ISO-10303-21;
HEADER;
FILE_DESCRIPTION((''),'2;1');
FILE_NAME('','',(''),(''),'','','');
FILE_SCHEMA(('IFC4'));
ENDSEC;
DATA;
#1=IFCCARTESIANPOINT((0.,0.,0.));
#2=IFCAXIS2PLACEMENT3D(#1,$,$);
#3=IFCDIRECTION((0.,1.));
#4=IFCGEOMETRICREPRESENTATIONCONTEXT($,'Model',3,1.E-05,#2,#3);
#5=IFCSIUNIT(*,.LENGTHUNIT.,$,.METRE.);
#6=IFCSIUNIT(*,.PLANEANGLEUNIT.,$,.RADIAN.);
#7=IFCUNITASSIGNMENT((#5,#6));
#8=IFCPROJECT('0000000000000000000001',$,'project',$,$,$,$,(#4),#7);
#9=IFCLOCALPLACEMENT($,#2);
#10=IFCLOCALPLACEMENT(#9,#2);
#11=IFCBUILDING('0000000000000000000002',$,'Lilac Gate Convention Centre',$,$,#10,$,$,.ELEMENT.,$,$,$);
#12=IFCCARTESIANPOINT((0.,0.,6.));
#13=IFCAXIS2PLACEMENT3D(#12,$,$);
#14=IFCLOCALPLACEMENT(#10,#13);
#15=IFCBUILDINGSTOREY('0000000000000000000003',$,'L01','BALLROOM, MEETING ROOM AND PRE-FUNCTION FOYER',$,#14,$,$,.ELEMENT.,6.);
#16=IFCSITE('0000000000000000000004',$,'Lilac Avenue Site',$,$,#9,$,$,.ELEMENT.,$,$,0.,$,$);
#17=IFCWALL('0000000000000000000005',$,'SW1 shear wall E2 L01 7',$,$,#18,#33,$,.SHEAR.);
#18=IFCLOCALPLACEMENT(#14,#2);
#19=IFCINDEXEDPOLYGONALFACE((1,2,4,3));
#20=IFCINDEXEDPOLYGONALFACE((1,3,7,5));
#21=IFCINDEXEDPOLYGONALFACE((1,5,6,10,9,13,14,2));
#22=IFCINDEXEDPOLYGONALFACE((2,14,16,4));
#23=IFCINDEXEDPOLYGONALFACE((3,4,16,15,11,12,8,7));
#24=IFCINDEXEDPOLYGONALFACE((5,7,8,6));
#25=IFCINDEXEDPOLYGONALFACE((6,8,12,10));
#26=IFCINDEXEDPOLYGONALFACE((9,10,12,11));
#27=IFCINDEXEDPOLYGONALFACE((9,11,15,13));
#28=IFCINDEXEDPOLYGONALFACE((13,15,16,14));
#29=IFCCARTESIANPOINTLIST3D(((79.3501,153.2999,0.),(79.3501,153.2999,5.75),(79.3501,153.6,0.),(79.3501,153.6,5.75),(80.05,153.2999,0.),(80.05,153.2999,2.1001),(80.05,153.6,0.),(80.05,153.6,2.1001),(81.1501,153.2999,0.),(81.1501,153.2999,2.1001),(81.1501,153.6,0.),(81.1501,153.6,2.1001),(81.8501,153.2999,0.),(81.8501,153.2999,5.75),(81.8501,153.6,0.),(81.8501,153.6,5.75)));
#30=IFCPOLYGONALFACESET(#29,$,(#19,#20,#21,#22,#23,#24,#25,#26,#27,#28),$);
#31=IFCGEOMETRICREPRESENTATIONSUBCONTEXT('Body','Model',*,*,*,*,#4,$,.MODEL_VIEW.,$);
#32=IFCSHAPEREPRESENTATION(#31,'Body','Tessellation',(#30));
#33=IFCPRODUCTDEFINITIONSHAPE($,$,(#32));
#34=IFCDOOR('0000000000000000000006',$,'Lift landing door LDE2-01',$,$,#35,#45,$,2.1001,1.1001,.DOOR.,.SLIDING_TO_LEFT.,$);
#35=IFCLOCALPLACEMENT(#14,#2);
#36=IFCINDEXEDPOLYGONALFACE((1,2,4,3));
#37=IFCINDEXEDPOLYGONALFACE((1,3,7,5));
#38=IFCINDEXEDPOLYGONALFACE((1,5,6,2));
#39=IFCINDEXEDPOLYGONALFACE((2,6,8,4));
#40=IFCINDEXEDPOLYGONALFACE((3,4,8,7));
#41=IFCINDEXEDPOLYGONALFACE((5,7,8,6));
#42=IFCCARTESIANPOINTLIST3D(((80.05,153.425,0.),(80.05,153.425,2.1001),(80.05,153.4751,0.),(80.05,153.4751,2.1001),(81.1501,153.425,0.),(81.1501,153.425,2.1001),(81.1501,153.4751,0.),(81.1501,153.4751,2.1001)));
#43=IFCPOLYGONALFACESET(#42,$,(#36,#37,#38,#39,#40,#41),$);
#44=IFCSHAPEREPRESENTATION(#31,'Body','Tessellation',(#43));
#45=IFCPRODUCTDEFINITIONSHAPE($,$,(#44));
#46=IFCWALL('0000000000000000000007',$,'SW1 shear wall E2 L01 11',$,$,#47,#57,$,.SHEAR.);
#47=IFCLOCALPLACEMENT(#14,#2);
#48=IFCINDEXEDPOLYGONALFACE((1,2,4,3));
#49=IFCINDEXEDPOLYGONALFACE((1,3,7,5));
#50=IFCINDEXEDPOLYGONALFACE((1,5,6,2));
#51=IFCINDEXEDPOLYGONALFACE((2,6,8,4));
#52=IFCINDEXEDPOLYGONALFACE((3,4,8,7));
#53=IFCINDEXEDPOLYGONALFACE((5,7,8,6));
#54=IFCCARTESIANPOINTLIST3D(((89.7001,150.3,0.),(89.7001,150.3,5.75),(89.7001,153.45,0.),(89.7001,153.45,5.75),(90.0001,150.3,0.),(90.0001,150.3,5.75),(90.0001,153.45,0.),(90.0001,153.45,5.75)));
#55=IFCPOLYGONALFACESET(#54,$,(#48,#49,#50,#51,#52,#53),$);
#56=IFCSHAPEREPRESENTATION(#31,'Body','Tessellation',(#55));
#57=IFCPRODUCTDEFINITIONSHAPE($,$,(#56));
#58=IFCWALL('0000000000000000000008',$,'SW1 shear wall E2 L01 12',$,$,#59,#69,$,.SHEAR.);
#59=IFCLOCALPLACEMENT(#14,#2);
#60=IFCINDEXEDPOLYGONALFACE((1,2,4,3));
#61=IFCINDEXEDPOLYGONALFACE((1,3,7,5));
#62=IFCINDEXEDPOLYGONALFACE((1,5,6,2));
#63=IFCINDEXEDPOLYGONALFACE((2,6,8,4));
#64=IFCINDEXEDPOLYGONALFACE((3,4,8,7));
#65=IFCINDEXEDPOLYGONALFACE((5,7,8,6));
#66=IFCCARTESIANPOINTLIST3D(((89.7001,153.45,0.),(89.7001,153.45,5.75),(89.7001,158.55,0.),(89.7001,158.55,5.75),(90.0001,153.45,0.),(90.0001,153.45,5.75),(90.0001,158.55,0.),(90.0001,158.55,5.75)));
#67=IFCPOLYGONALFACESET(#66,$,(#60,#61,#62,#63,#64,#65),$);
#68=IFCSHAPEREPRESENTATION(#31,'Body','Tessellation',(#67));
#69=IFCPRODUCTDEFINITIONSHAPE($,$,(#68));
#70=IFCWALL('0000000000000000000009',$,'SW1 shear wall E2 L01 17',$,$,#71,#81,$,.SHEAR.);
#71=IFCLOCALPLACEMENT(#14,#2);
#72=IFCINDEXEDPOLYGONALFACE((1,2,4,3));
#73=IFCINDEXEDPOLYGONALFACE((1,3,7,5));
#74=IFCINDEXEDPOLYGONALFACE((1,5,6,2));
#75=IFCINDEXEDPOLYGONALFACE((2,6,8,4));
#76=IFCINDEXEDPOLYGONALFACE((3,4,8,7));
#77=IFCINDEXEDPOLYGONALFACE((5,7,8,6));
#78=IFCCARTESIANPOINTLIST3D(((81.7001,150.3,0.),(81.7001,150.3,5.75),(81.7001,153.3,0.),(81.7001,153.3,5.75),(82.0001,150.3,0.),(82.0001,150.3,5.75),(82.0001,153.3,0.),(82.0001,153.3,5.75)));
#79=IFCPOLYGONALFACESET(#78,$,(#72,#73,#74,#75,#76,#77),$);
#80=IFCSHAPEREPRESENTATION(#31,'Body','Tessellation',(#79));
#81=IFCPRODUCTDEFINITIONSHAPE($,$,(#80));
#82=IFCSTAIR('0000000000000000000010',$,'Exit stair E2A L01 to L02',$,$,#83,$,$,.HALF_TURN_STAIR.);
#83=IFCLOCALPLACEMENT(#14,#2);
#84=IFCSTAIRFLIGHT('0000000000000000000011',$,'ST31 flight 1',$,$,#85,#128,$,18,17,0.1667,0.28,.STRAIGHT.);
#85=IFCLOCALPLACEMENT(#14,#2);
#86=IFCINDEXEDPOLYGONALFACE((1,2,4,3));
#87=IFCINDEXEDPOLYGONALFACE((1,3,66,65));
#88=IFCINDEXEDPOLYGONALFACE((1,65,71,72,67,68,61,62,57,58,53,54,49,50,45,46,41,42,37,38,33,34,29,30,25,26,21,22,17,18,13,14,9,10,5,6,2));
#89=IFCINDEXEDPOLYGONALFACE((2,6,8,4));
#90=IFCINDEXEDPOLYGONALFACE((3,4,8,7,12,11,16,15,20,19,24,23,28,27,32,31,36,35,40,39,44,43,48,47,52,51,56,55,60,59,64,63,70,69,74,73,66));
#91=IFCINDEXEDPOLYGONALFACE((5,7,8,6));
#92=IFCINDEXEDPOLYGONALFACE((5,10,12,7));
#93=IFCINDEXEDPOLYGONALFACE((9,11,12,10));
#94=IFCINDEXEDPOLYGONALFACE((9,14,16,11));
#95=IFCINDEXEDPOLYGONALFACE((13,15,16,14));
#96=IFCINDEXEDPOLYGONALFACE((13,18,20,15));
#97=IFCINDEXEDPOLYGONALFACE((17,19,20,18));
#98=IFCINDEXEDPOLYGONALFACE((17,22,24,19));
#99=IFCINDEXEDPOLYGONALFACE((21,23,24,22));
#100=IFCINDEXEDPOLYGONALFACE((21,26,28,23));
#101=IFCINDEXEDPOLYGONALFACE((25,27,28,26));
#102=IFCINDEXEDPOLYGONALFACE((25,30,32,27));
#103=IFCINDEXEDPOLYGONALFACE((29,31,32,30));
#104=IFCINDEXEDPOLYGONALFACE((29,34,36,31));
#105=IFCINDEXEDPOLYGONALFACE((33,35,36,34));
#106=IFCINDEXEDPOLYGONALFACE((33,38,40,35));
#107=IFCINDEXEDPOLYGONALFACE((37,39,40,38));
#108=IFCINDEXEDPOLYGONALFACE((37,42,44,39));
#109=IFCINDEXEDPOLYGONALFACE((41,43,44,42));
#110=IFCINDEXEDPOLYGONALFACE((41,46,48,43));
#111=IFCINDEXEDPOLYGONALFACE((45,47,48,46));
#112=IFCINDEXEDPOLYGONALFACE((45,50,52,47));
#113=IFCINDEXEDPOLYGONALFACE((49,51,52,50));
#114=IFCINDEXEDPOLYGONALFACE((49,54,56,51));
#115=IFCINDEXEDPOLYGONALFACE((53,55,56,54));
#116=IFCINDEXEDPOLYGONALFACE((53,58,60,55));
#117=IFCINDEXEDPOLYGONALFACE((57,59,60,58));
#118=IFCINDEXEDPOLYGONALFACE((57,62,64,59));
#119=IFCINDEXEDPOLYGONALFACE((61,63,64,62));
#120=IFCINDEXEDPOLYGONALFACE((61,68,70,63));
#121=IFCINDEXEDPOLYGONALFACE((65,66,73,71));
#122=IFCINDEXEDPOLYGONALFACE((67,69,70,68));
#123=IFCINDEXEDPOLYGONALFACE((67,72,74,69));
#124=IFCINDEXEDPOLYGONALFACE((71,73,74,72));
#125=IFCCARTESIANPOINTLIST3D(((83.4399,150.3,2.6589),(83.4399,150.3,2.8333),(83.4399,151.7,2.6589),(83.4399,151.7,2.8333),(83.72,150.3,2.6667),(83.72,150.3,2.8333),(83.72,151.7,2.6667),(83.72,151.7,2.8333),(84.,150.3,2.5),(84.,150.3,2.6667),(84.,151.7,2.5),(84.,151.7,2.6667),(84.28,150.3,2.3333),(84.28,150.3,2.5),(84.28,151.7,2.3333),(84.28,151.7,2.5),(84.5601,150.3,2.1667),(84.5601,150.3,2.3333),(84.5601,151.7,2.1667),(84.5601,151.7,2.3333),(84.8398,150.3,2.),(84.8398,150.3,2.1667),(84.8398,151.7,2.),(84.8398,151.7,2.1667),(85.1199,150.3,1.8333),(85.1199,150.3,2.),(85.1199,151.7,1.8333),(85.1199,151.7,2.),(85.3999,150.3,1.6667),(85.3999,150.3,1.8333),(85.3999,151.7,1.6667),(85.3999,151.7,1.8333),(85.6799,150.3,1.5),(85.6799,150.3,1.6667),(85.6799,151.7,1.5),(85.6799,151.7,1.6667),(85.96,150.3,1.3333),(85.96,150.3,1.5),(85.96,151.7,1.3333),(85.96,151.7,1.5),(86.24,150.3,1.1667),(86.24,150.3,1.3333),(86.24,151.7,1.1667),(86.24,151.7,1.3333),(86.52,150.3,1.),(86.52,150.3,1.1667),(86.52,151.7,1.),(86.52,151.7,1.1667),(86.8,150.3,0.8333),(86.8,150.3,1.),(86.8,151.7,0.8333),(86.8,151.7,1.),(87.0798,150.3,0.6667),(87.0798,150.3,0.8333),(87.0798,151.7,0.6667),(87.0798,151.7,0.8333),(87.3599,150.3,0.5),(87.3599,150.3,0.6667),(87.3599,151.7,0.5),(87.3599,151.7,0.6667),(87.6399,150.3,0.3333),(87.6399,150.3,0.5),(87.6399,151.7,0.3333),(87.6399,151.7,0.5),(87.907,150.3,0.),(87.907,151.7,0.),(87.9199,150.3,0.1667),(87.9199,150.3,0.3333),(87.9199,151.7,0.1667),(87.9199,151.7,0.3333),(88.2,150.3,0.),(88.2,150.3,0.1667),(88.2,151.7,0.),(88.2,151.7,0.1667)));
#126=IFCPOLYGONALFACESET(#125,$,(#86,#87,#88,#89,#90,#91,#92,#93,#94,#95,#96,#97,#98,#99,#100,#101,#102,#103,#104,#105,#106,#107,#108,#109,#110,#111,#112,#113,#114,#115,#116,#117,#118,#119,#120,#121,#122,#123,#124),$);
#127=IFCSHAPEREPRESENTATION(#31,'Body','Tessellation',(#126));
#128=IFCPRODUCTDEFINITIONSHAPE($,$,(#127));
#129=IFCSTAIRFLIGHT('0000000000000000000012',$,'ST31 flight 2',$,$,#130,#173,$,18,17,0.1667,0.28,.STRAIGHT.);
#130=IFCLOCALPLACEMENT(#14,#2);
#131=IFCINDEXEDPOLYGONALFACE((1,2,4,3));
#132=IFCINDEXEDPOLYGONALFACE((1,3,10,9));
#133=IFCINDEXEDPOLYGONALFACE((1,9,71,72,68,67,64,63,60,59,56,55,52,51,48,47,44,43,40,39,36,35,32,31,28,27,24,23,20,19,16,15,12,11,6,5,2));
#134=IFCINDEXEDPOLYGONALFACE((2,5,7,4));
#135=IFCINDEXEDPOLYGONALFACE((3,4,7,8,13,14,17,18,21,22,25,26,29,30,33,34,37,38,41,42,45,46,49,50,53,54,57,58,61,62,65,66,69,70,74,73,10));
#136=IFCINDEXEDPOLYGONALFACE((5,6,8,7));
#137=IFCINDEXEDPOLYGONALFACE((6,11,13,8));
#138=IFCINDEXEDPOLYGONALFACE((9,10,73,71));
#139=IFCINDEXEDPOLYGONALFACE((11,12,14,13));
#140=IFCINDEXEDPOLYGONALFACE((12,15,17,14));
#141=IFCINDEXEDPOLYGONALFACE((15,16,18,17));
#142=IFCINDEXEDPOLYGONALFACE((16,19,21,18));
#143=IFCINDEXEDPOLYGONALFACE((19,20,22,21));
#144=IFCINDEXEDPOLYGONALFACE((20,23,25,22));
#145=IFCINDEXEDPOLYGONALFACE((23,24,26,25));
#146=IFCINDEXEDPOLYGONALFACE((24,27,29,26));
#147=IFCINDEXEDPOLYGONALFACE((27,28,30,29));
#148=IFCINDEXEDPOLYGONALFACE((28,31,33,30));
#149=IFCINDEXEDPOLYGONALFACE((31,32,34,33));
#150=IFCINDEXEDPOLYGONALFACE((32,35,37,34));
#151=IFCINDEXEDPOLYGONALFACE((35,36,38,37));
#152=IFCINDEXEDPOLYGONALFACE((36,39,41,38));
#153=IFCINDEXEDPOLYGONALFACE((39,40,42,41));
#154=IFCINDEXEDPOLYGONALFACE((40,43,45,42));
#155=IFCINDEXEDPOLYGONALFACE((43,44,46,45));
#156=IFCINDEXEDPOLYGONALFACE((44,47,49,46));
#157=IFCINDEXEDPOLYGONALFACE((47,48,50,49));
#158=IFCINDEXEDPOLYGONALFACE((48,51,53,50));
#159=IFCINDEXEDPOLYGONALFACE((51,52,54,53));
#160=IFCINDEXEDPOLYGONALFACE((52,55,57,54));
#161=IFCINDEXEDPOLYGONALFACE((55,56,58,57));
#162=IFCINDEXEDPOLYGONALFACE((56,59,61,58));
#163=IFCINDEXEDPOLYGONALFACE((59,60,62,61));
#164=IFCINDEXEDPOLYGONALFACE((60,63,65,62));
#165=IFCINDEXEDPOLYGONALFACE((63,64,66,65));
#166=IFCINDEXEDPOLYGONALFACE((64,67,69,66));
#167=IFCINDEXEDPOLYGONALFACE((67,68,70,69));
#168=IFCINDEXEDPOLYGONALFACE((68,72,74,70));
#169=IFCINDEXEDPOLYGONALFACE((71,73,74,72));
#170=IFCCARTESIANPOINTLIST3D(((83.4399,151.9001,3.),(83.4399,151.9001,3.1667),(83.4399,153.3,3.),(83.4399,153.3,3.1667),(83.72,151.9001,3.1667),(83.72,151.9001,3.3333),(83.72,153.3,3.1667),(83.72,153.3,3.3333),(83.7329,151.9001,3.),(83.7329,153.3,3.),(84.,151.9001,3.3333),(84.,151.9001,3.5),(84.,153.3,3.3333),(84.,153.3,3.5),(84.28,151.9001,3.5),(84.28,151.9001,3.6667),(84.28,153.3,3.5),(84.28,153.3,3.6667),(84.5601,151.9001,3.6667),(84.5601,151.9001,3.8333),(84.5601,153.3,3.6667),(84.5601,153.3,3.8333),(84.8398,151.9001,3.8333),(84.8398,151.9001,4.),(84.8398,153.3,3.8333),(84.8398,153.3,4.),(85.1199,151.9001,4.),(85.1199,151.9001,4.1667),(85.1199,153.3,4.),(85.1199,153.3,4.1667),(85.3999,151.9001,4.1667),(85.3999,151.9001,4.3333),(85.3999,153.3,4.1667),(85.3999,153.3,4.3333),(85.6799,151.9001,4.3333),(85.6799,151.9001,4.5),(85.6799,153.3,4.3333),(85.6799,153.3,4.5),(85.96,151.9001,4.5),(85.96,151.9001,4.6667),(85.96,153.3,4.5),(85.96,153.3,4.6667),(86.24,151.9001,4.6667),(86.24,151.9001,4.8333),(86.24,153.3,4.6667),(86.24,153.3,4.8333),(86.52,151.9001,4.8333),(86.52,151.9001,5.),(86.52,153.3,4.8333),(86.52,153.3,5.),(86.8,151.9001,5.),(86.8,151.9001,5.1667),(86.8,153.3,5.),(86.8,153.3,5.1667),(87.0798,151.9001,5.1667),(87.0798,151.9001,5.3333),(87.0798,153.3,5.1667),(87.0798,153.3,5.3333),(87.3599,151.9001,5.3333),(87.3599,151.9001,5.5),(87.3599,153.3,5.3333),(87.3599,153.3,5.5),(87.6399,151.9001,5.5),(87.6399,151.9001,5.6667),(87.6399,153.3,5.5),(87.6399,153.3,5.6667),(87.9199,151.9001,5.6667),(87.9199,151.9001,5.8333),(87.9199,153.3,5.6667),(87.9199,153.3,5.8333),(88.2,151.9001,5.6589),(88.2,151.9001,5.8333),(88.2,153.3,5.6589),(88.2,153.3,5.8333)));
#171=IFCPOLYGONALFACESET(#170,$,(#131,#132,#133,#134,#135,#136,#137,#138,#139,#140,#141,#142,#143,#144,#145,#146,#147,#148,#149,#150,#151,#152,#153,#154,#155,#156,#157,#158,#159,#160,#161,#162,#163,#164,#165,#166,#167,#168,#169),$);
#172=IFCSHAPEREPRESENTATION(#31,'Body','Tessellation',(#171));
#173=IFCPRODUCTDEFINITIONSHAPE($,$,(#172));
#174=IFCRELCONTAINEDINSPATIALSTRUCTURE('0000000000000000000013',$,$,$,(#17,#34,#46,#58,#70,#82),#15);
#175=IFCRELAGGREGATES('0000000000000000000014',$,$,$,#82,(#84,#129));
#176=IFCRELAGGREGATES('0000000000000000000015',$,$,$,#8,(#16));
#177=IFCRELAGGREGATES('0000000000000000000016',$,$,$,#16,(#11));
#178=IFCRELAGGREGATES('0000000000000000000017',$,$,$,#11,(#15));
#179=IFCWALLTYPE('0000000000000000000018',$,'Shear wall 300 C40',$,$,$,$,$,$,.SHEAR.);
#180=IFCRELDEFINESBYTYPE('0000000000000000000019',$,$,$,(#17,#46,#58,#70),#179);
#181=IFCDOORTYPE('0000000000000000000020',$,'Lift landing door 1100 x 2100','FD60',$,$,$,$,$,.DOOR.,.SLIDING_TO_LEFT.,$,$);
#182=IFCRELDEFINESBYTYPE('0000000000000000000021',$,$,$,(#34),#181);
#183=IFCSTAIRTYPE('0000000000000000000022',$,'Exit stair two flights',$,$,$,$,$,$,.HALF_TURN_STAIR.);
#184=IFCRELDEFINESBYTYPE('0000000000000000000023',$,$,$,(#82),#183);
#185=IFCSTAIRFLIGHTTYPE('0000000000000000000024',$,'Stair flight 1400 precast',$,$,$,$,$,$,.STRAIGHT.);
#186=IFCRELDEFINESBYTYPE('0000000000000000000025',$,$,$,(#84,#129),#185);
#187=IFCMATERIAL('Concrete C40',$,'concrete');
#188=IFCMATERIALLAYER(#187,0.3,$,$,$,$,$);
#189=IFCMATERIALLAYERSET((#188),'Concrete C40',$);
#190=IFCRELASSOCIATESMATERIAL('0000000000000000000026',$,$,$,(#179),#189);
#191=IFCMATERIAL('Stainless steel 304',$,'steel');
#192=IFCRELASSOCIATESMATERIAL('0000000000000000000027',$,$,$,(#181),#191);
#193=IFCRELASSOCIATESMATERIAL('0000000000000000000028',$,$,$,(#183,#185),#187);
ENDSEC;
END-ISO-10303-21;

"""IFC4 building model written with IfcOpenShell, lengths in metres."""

from ifc_helpers import new_model, si_unit, direction, frame, frame_2d, origin, place, context, subcontext, project, spatial, polyline, rectangle, outline, extrude, material, layer, layer_set, type_object, element, fill, aggregate, save


model = new_model("IFC4")

# Units and contexts
model_context = context("Model", 3, precision=1e-05, world=origin(), true_north=direction((0.0, 1.0)))
body_context = subcontext(model_context, "Body", "Model", "MODEL_VIEW")
ifc_project = project(units=[si_unit("LENGTHUNIT", "METRE"), si_unit("PLANEANGLEUNIT", "RADIAN")], contexts=[model_context])

# Site, building, storey
site_placement = place(None, origin())
site = spatial("IfcSite", under=ifc_project, at=site_placement, Name="Lilac Avenue Site", CompositionType="ELEMENT", RefElevation=0.0)
building_placement = place(site_placement, origin())
building = spatial("IfcBuilding", under=site, at=building_placement, Name="Lilac Gate Convention Centre", CompositionType="ELEMENT")
storey_placement = place(building_placement, frame((0.0, 0.0, 6.0)))
storey = spatial("IfcBuildingStorey", under=building, at=storey_placement, Name="L01", Description="BALLROOM, MEETING ROOM AND PRE-FUNCTION FOYER", CompositionType="ELEMENT", Elevation=6.0)

# Shared definitions
ifc_material_1 = material(Name="Concrete C40", Category="concrete")

# Shared definitions
ifc_layer_1 = layer(ifc_material_1, 0.3)
ifc_layer_set_1 = layer_set([ifc_layer_1], Name="Concrete C40")
wall_type_1 = type_object("IfcWallType", Name="Shear wall 300 C40", PredefinedType="SHEAR", material=ifc_layer_set_1)

# Wall, opening, door
wall_1_placement = place(storey_placement, frame((81.8501, 153.45, 0.0), z_axis=(0.0, 0.0, 1.0), x_axis=(-1.0, 0.0, 0.0)))
wall_1 = element("IfcWall", 1, at=wall_1_placement, inside=storey, type_object=wall_type_1, Name="SW1 shear wall E2 L01 7", PredefinedType="SHEAR", context=body_context, shape_type="SweptSolid", body=[
    extrude(rectangle(XDim=2.5, YDim=0.3, at=frame_2d((1.25, 0.0))), origin(), (0.0, 0.0, 1.0), 5.75),
])
opening_1_placement = place(wall_1_placement, frame((0.7, 0.0, 0.0)))
opening_1 = element("IfcOpeningElement", 2, at=opening_1_placement, cuts=wall_1, PredefinedType="OPENING", context=body_context, shape_type="SweptSolid", body=[
    extrude(rectangle(XDim=1.1001, YDim=2.1001, at=frame_2d((0.55, 1.05))), frame((0.0, 0.1599, 0.0), z_axis=(0.0, -1.0, 0.0), x_axis=(1.0, 0.0, 0.0)), (0.0, 0.0, 1.0), 0.3201),
])
ifc_material_2 = material(Name="Stainless steel 304", Category="steel")
door_type_1 = type_object("IfcDoorType", Name="Lift landing door 1100 x 2100", Description="FD60", OperationType="SLIDING_TO_LEFT", PredefinedType="DOOR", material=ifc_material_2)
door_1_placement = place(opening_1_placement, origin())
door_1 = element("IfcDoor", 3, at=door_1_placement, inside=storey, type_object=door_type_1, Name="Lift landing door LDE2-01", OperationType="SLIDING_TO_LEFT", OverallHeight=2.1001, OverallWidth=1.1001, PredefinedType="DOOR", context=body_context, shape_type="SweptSolid", body=[
    extrude(rectangle(XDim=1.1001, YDim=2.1001, at=frame_2d((0.55, 1.05))), frame((0.0, 0.0249, 0.0), z_axis=(0.0, -1.0, 0.0), x_axis=(1.0, 0.0, 0.0)), (0.0, 0.0, 1.0), 0.05),
])
fill(opening_1, door_1)

# Walls
wall_2_placement = place(storey_placement, frame((89.8501, 150.3, 0.0), z_axis=(0.0, 0.0, 1.0), x_axis=(0.0, 1.0, 0.0)))
element("IfcWall", 4, at=wall_2_placement, inside=storey, type_object=wall_type_1, Name="SW1 shear wall E2 L01 11", PredefinedType="SHEAR", context=body_context, shape_type="SweptSolid", body=[
    extrude(rectangle(XDim=3.1499, YDim=0.3, at=frame_2d((1.575, 0.0))), origin(), (0.0, 0.0, 1.0), 5.75),
])
wall_3_placement = place(storey_placement, frame((89.8501, 153.45, 0.0), z_axis=(0.0, 0.0, 1.0), x_axis=(0.0, 1.0, 0.0)))
element("IfcWall", 5, at=wall_3_placement, inside=storey, type_object=wall_type_1, Name="SW1 shear wall E2 L01 12", PredefinedType="SHEAR", context=body_context, shape_type="SweptSolid", body=[
    extrude(rectangle(XDim=5.1001, YDim=0.3, at=frame_2d((2.55, 0.0))), origin(), (0.0, 0.0, 1.0), 5.75),
])
wall_4_placement = place(storey_placement, frame((81.8501, 150.3, 0.0), z_axis=(0.0, 0.0, 1.0), x_axis=(0.0, 1.0, 0.0)))
element("IfcWall", 6, at=wall_4_placement, inside=storey, type_object=wall_type_1, Name="SW1 shear wall E2 L01 17", PredefinedType="SHEAR", context=body_context, shape_type="SweptSolid", body=[
    extrude(rectangle(XDim=3.0, YDim=0.3, at=frame_2d((1.5, 0.0))), origin(), (0.0, 0.0, 1.0), 5.75),
])

# Stair, stair flights
stair_type = type_object("IfcStairType", Name="Exit stair two flights", PredefinedType="HALF_TURN_STAIR", material=ifc_material_1)
stair_placement = place(storey_placement, origin())
stair = element("IfcStair", 7, at=stair_placement, inside=storey, type_object=stair_type, Name="Exit stair E2A L01 to L02", PredefinedType="HALF_TURN_STAIR")
stair_flight_type = type_object("IfcStairFlightType", Name="Stair flight 1400 precast", PredefinedType="STRAIGHT", material=ifc_material_1)
stair_flight_1_placement = place(storey_placement, frame((88.2, 151.0, 0.0), z_axis=(0.0, 0.0, 1.0), x_axis=(-1.0, 0.0, 0.0)))
stair_flight_1 = element("IfcStairFlight", 8, at=stair_flight_1_placement, type_object=stair_flight_type, Name="ST31 flight 1", NumberOfRisers=18, NumberOfTreads=17, PredefinedType="STRAIGHT", RiserHeight=0.1667, TreadLength=0.28, context=body_context, shape_type="SweptSolid", body=[
    extrude(outline(polyline([(0.0, 0.0), (0.0, 0.1667), (0.28, 0.1667), (0.28, 0.3333), (0.5601, 0.3333), (0.5601, 0.5), (0.8401, 0.5), (0.8401, 0.6667), (1.1201, 0.6667), (1.1201, 0.8333), (1.3999, 0.8333), (1.3999, 1.0), (1.6799, 1.0), (1.6799, 1.1667), (1.96, 1.1667), (1.96, 1.3333), (2.24, 1.3333), (2.24, 1.5), (2.52, 1.5), (2.52, 1.6667), (2.8, 1.6667), (2.8, 1.8333), (3.0801, 1.8333), (3.0801, 2.0), (3.3601, 2.0), (3.3601, 2.1667), (3.6399, 2.1667), (3.6399, 2.3333), (3.9199, 2.3333), (3.9199, 2.5), (4.2, 2.5), (4.2, 2.6667), (4.48, 2.6667), (4.48, 2.8333), (4.76, 2.8333), (4.76, 3.0), (4.76, 2.6589), (0.293, 0.0), (0.0, 0.0)])), frame((0.0, 0.7, 0.0), z_axis=(0.0, -1.0, 0.0), x_axis=(1.0, 0.0, 0.0)), (0.0, 0.0, 1.0), 1.3999),
])
stair_flight_2_placement = place(storey_placement, frame((83.4399, 152.6001, 3.0), z_axis=(0.0, 0.0, 1.0), x_axis=(1.0, 0.0, 0.0)))
stair_flight_2 = element("IfcStairFlight", 9, at=stair_flight_2_placement, type_object=stair_flight_type, Name="ST31 flight 2", NumberOfRisers=18, NumberOfTreads=17, PredefinedType="STRAIGHT", RiserHeight=0.1667, TreadLength=0.28, context=body_context, shape_type="SweptSolid", body=[
    extrude(outline(polyline([(0.0, 0.0), (0.0, 0.1667), (0.28, 0.1667), (0.28, 0.3333), (0.5601, 0.3333), (0.5601, 0.5), (0.8401, 0.5), (0.8401, 0.6667), (1.1201, 0.6667), (1.1201, 0.8333), (1.3999, 0.8333), (1.3999, 1.0), (1.6799, 1.0), (1.6799, 1.1667), (1.96, 1.1667), (1.96, 1.3333), (2.24, 1.3333), (2.24, 1.5), (2.52, 1.5), (2.52, 1.6667), (2.8, 1.6667), (2.8, 1.8333), (3.0801, 1.8333), (3.0801, 2.0), (3.3601, 2.0), (3.3601, 2.1667), (3.6399, 2.1667), (3.6399, 2.3333), (3.9199, 2.3333), (3.9199, 2.5), (4.2, 2.5), (4.2, 2.6667), (4.48, 2.6667), (4.48, 2.8333), (4.76, 2.8333), (4.76, 3.0), (4.76, 2.6589), (0.293, 0.0), (0.0, 0.0)])), frame((0.0, 0.7, 0.0), z_axis=(0.0, -1.0, 0.0), x_axis=(1.0, 0.0, 0.0)), (0.0, 0.0, 1.0), 1.3999),
])
aggregate(stair, [stair_flight_1, stair_flight_2])

save(model, "model.ifc")
